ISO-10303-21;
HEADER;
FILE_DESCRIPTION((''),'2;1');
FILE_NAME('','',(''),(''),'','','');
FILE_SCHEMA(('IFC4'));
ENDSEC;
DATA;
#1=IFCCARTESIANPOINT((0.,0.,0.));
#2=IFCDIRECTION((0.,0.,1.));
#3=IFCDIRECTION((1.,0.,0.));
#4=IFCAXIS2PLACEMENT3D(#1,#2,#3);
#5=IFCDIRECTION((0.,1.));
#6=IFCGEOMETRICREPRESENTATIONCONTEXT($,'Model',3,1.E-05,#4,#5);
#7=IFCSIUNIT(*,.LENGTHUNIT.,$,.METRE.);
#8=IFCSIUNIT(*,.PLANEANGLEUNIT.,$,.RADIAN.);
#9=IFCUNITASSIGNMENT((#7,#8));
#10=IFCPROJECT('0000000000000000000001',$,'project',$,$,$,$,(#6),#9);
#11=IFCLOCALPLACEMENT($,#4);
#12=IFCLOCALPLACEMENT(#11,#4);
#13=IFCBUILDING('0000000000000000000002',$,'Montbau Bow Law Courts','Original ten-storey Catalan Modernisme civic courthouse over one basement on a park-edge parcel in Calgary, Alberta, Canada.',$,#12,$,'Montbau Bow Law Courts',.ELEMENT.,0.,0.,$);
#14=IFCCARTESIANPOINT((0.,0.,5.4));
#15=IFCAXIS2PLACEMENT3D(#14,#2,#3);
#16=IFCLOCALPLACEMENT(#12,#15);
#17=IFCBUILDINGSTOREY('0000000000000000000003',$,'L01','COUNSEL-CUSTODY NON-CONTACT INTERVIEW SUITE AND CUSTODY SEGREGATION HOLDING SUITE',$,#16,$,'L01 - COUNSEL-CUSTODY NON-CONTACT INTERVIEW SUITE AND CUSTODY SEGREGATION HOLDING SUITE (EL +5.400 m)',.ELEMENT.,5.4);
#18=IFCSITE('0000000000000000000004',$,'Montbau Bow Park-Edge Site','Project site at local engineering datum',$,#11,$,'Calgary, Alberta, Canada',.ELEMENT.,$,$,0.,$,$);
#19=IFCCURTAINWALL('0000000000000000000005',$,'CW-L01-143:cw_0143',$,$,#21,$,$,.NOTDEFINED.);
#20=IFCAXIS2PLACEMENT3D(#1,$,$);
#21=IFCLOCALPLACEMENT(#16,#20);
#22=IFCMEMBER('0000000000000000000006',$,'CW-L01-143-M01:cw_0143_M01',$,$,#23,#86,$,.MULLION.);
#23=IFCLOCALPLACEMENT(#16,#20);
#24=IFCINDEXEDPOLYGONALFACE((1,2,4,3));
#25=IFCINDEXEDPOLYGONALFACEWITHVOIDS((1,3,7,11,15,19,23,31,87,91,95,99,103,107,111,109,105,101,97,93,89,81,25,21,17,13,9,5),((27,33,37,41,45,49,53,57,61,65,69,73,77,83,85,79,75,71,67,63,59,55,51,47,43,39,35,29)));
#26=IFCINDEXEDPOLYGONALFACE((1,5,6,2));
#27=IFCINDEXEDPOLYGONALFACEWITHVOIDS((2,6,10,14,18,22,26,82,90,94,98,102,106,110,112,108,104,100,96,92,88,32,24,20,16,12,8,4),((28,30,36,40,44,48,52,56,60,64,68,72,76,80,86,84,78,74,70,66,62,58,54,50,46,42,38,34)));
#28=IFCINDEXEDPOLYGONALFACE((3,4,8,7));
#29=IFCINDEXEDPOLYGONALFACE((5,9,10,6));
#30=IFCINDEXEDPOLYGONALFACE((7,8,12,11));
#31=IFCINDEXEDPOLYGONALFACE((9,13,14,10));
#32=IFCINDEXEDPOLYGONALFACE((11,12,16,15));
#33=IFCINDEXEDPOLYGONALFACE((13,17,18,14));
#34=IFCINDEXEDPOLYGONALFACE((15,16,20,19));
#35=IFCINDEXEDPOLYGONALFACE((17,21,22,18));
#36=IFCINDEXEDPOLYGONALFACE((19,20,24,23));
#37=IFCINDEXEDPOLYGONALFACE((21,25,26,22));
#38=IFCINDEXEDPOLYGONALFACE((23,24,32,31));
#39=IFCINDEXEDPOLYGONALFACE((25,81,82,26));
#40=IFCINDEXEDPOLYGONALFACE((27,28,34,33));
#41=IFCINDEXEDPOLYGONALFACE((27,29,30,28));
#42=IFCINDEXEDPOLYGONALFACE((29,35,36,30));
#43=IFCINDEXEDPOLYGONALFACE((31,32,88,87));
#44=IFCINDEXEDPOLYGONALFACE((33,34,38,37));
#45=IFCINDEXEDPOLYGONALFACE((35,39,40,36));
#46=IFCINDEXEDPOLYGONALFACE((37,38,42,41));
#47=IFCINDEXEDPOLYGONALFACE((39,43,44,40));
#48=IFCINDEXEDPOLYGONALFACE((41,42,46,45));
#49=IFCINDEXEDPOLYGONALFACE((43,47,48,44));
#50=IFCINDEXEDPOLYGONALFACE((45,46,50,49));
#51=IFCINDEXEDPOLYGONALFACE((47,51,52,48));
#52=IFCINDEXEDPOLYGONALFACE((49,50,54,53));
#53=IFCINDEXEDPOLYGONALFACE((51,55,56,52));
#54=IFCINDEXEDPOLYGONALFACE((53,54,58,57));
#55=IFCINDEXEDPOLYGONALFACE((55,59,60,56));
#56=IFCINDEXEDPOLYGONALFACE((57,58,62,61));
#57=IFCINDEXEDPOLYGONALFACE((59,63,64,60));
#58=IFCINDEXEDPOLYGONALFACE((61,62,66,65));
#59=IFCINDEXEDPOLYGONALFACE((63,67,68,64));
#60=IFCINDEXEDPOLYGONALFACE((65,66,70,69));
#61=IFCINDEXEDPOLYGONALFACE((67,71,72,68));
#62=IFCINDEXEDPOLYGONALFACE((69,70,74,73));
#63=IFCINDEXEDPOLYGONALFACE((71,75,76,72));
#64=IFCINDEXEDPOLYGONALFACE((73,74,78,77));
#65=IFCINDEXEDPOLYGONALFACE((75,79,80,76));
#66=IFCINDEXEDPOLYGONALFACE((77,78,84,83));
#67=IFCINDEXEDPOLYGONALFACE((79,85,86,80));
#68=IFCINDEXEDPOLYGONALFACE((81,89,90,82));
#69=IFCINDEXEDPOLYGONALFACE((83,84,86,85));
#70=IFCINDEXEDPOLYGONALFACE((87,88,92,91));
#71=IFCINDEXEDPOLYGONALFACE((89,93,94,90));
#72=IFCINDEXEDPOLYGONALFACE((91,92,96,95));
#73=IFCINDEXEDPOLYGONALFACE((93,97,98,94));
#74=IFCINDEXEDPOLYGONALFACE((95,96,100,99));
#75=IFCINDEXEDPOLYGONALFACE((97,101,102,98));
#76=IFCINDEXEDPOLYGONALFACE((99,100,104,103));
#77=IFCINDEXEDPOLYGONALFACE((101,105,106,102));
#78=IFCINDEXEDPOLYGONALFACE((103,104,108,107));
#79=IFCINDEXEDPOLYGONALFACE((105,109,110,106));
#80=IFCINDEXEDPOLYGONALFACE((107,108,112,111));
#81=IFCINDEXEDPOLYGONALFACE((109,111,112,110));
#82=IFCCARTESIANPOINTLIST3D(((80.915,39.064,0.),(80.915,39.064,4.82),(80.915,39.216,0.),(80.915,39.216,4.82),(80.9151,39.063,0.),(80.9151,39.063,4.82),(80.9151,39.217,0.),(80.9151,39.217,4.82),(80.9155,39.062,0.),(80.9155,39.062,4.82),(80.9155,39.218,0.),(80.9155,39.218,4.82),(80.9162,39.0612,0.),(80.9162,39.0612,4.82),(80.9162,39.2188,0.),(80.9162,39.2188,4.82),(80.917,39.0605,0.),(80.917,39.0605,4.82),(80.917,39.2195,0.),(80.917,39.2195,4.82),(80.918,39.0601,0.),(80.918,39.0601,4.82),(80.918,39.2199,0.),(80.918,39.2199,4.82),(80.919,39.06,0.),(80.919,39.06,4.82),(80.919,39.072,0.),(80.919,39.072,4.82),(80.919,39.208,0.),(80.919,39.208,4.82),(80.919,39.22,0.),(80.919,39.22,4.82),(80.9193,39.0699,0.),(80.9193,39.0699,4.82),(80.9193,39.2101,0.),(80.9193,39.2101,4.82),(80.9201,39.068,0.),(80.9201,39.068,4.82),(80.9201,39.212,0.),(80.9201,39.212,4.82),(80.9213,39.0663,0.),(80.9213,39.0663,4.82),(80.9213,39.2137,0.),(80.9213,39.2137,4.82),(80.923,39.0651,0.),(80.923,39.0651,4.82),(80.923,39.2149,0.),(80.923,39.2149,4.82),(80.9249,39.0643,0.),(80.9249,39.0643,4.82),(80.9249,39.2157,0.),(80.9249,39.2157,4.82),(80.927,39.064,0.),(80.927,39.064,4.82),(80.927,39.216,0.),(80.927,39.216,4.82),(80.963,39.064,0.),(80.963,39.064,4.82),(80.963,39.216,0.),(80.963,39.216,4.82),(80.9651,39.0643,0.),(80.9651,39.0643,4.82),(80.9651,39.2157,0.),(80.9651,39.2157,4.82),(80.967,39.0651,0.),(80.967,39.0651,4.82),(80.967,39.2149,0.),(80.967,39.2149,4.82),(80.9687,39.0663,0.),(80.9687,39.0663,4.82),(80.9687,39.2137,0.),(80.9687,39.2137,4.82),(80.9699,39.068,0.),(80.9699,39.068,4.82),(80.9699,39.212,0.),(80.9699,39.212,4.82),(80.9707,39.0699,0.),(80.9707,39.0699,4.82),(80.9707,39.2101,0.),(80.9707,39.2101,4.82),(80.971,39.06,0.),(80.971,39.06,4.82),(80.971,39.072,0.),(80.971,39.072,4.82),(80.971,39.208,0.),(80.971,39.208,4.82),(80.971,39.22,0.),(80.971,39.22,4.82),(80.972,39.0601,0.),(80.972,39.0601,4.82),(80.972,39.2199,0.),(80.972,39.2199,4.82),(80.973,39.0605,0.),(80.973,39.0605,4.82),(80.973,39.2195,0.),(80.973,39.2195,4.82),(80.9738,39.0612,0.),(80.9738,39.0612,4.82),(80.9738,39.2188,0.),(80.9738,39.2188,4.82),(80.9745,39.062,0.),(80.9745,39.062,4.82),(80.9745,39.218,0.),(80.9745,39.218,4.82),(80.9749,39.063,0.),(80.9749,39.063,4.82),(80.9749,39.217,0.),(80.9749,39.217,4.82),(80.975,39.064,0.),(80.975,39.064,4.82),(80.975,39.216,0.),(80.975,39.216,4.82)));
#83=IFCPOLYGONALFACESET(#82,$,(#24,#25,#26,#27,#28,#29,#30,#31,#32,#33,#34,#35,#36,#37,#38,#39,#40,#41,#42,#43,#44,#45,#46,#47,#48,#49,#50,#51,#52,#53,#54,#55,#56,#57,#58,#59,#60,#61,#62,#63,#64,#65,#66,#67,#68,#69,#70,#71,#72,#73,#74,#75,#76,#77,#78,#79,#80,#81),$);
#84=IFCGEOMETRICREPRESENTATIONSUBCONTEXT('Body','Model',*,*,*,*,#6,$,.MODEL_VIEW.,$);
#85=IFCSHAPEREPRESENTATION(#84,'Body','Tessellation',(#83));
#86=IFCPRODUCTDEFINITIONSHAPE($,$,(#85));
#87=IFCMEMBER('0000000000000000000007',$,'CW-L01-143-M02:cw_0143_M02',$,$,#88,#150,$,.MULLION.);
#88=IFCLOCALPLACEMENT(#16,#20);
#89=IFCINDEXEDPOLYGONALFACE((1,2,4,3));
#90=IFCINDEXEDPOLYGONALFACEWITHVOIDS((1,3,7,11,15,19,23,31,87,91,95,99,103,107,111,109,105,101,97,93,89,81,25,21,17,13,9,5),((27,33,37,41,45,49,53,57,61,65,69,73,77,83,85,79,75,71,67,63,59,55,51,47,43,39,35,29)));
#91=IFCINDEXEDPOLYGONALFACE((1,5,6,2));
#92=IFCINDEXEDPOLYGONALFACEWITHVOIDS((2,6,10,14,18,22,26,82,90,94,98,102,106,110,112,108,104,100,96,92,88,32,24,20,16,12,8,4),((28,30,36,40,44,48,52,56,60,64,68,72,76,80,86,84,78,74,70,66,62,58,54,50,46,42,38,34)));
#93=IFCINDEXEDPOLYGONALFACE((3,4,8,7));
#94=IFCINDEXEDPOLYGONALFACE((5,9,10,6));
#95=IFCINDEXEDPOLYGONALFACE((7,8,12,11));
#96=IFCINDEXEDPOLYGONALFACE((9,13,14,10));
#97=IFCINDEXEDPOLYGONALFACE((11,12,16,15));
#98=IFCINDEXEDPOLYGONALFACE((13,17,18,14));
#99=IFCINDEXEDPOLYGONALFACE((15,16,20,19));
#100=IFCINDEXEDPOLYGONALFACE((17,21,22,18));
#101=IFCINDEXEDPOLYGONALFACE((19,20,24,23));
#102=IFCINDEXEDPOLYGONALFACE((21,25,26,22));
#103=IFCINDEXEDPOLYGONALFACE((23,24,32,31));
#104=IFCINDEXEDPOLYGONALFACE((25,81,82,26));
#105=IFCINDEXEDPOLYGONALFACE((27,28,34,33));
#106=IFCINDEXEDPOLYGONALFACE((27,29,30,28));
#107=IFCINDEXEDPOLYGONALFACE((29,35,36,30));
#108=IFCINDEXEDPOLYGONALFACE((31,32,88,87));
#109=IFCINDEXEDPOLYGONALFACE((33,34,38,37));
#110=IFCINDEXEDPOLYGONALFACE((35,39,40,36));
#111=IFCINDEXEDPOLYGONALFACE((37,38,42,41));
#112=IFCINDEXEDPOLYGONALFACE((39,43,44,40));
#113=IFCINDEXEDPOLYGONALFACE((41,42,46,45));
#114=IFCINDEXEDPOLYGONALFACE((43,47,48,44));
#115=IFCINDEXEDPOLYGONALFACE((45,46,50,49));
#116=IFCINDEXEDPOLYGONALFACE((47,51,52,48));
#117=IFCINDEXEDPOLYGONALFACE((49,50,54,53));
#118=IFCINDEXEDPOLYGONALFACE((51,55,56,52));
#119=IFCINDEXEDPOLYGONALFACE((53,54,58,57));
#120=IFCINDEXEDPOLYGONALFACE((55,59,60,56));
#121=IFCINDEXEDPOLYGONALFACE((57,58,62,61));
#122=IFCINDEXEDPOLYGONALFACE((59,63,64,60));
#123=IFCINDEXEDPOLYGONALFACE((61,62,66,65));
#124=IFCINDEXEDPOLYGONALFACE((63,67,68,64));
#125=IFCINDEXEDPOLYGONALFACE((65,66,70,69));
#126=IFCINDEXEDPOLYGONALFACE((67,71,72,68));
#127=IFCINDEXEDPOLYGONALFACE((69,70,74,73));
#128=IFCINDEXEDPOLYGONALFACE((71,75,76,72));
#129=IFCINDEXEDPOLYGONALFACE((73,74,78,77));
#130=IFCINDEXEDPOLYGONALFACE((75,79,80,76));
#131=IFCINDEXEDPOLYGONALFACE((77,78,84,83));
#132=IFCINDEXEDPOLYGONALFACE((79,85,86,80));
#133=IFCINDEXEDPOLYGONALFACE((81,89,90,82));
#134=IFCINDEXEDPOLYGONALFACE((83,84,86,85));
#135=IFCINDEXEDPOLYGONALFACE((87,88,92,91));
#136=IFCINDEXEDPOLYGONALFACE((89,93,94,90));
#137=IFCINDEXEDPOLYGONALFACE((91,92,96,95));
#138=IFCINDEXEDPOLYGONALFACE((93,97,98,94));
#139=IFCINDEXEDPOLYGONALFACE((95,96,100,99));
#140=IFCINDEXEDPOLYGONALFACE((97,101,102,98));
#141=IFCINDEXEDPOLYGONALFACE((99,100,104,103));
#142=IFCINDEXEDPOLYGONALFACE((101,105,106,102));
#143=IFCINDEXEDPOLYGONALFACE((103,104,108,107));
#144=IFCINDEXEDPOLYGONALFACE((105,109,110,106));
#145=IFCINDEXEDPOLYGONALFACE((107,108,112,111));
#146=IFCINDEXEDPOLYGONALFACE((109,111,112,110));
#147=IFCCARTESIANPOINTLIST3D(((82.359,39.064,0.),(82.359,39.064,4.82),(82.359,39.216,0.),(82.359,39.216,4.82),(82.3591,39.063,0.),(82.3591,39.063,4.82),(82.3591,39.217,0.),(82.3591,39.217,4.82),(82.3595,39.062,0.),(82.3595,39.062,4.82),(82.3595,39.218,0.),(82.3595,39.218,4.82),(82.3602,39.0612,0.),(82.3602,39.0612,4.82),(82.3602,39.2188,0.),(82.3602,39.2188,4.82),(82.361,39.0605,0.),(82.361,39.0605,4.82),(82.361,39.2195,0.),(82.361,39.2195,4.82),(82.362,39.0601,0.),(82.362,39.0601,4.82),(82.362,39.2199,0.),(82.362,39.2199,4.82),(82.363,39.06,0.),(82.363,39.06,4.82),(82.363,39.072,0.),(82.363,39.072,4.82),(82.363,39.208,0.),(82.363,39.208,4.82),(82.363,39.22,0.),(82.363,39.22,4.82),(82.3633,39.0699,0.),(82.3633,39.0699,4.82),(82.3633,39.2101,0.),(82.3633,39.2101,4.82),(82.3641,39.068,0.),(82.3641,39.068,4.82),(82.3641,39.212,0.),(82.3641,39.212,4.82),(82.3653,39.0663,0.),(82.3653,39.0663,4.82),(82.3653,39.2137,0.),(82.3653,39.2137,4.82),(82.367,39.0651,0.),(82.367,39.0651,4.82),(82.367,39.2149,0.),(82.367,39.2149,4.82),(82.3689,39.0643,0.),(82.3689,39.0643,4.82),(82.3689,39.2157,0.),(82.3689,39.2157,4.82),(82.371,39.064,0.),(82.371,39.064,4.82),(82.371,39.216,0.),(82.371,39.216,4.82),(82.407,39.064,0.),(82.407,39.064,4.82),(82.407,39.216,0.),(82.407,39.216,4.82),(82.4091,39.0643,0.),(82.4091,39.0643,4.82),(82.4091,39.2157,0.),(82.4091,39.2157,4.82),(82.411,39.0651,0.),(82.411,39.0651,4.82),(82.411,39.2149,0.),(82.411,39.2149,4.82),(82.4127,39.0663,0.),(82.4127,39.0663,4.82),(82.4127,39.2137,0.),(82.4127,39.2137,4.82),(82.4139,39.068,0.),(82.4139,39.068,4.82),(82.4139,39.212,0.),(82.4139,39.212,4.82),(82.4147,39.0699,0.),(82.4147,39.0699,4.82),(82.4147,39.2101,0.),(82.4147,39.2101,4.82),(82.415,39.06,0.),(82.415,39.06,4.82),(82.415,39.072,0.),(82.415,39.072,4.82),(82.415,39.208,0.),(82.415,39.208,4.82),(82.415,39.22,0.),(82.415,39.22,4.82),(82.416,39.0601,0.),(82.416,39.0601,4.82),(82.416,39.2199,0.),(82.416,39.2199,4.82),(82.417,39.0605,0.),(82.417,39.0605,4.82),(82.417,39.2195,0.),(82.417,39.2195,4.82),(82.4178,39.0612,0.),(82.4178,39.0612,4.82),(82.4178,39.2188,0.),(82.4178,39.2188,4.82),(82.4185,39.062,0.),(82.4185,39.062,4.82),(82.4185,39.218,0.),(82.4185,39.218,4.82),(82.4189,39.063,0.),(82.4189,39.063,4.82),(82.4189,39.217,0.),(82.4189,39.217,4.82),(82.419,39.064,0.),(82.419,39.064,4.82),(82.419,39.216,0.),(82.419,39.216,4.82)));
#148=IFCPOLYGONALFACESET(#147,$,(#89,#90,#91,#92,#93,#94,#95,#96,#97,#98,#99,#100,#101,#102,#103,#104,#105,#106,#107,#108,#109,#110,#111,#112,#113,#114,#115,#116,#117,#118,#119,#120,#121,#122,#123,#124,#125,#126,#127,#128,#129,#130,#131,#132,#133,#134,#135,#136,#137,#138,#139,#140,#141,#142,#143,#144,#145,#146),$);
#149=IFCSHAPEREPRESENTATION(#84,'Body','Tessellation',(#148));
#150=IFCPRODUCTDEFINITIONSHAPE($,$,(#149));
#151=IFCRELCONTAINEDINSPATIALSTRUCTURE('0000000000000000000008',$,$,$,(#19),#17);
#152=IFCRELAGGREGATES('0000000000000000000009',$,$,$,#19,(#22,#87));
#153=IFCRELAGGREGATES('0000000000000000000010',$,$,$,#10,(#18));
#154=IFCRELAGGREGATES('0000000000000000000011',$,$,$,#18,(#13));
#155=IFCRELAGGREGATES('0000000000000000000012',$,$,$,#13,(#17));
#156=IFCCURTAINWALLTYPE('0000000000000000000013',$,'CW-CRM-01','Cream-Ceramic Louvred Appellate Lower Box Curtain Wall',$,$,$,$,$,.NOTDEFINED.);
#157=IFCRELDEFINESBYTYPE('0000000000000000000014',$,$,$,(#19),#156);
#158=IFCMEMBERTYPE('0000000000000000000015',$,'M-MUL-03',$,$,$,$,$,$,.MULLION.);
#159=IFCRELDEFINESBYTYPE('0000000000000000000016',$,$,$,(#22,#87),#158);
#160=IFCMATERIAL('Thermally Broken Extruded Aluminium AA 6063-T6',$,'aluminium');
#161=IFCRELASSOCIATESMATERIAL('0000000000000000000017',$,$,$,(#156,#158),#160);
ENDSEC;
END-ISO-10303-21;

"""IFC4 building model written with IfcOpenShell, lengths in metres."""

from ifc_helpers import new_model, si_unit, direction, frame, origin_with_axes, origin_2d_with_axis, place, context, subcontext, project, spatial, hollow_rectangle, extrude, material, material_profile, profile_set, type_object, element, aggregate, save


model = new_model("IFC4")

# Units and contexts
model_context = context("Model", 3, precision=1e-05, world=origin_with_axes(), true_north=direction((0.0, 1.0)))
body_context = subcontext(model_context, "Body", "Model", "MODEL_VIEW")
ifc_project = project(units=[si_unit("LENGTHUNIT", "METRE"), si_unit("PLANEANGLEUNIT", "RADIAN")], contexts=[model_context])

# Site, building, storey
site_placement = place(None, origin_with_axes())
site = spatial("IfcSite", under=ifc_project, at=site_placement, Name="Montbau Bow Park-Edge Site", Description="Project site at local engineering datum", LongName="Calgary, Alberta, Canada", CompositionType="ELEMENT", RefElevation=0.0)
building_placement = place(site_placement, origin_with_axes())
building = spatial("IfcBuilding", under=site, at=building_placement, Name="Montbau Bow Law Courts", Description="Original ten-storey Catalan Modernisme civic courthouse over one basement on a park-edge parcel in Calgary, Alberta, Canada.", LongName="Montbau Bow Law Courts", CompositionType="ELEMENT", ElevationOfRefHeight=0.0, ElevationOfTerrain=0.0)
storey_placement = place(building_placement, frame((0.0, 0.0, 5.4), z_axis=(0.0, 0.0, 1.0), x_axis=(1.0, 0.0, 0.0)))
storey = spatial("IfcBuildingStorey", under=building, at=storey_placement, Name="L01", Description="COUNSEL-CUSTODY NON-CONTACT INTERVIEW SUITE AND CUSTODY SEGREGATION HOLDING SUITE", LongName="L01 - COUNSEL-CUSTODY NON-CONTACT INTERVIEW SUITE AND CUSTODY SEGREGATION HOLDING SUITE (EL +5.400 m)", CompositionType="ELEMENT", Elevation=5.4)

# Curtain wall, members
ifc_material_1 = material(Name="Thermally Broken Extruded Aluminium AA 6063-T6", Category="aluminium")
curtain_wall_type = type_object("IfcCurtainWallType", Name="CW-CRM-01", Description="Cream-Ceramic Louvred Appellate Lower Box Curtain Wall", PredefinedType="NOTDEFINED", material=ifc_material_1)
curtain_wall_1_placement = place(None, frame((80.915, 39.14, 5.4), z_axis=(0.0, 0.0, 1.0), x_axis=(1.0, 0.0, 0.0)))
curtain_wall_1 = element("IfcCurtainWall", 1, at=curtain_wall_1_placement, inside=storey, type_object=curtain_wall_type, Name="CW-L01-143:cw_0143", PredefinedType="NOTDEFINED")
ifc_material_profile_1 = material_profile(ifc_material_1, hollow_rectangle(XDim=0.06, YDim=0.16, WallThickness=0.004, InnerFilletRadius=0.008, OuterFilletRadius=0.004, at=origin_2d_with_axis()), Name="CWM-160X60", Category="Main", Priority=0)
ifc_profile_set_1 = profile_set([ifc_material_profile_1], Name="Thermally Broken Extruded Aluminium AA 6063-T6")
member_type_1 = type_object("IfcMemberType", Name="M-MUL-03", PredefinedType="MULLION", material=ifc_profile_set_1)
member_1_placement = place(None, frame((80.945, 39.14, 5.4), z_axis=(0.0, 0.0, 1.0), x_axis=(1.0, 0.0, 0.0)))
member_1 = element("IfcMember", 2, at=member_1_placement, type_object=member_type_1, Name="CW-L01-143-M01:cw_0143_M01", PredefinedType="MULLION", context=body_context, shape_type="SweptSolid", body=[
    extrude(hollow_rectangle(XDim=0.06, YDim=0.16, WallThickness=0.004, InnerFilletRadius=0.008, OuterFilletRadius=0.004, at=origin_2d_with_axis()), origin_with_axes(), (0.0, 0.0, 1.0), 4.82),
])
member_2_placement = place(None, frame((82.389, 39.14, 5.4), z_axis=(0.0, 0.0, 1.0), x_axis=(1.0, 0.0, 0.0)))
member_2 = element("IfcMember", 3, at=member_2_placement, type_object=member_type_1, Name="CW-L01-143-M02:cw_0143_M02", PredefinedType="MULLION", context=body_context, shape_type="SweptSolid", body=[
    extrude(hollow_rectangle(XDim=0.06, YDim=0.16, WallThickness=0.004, InnerFilletRadius=0.008, OuterFilletRadius=0.004, at=origin_2d_with_axis()), origin_with_axes(), (0.0, 0.0, 1.0), 4.82),
])

aggregate(curtain_wall_1, [member_1, member_2])

save(model, "model.ifc")
